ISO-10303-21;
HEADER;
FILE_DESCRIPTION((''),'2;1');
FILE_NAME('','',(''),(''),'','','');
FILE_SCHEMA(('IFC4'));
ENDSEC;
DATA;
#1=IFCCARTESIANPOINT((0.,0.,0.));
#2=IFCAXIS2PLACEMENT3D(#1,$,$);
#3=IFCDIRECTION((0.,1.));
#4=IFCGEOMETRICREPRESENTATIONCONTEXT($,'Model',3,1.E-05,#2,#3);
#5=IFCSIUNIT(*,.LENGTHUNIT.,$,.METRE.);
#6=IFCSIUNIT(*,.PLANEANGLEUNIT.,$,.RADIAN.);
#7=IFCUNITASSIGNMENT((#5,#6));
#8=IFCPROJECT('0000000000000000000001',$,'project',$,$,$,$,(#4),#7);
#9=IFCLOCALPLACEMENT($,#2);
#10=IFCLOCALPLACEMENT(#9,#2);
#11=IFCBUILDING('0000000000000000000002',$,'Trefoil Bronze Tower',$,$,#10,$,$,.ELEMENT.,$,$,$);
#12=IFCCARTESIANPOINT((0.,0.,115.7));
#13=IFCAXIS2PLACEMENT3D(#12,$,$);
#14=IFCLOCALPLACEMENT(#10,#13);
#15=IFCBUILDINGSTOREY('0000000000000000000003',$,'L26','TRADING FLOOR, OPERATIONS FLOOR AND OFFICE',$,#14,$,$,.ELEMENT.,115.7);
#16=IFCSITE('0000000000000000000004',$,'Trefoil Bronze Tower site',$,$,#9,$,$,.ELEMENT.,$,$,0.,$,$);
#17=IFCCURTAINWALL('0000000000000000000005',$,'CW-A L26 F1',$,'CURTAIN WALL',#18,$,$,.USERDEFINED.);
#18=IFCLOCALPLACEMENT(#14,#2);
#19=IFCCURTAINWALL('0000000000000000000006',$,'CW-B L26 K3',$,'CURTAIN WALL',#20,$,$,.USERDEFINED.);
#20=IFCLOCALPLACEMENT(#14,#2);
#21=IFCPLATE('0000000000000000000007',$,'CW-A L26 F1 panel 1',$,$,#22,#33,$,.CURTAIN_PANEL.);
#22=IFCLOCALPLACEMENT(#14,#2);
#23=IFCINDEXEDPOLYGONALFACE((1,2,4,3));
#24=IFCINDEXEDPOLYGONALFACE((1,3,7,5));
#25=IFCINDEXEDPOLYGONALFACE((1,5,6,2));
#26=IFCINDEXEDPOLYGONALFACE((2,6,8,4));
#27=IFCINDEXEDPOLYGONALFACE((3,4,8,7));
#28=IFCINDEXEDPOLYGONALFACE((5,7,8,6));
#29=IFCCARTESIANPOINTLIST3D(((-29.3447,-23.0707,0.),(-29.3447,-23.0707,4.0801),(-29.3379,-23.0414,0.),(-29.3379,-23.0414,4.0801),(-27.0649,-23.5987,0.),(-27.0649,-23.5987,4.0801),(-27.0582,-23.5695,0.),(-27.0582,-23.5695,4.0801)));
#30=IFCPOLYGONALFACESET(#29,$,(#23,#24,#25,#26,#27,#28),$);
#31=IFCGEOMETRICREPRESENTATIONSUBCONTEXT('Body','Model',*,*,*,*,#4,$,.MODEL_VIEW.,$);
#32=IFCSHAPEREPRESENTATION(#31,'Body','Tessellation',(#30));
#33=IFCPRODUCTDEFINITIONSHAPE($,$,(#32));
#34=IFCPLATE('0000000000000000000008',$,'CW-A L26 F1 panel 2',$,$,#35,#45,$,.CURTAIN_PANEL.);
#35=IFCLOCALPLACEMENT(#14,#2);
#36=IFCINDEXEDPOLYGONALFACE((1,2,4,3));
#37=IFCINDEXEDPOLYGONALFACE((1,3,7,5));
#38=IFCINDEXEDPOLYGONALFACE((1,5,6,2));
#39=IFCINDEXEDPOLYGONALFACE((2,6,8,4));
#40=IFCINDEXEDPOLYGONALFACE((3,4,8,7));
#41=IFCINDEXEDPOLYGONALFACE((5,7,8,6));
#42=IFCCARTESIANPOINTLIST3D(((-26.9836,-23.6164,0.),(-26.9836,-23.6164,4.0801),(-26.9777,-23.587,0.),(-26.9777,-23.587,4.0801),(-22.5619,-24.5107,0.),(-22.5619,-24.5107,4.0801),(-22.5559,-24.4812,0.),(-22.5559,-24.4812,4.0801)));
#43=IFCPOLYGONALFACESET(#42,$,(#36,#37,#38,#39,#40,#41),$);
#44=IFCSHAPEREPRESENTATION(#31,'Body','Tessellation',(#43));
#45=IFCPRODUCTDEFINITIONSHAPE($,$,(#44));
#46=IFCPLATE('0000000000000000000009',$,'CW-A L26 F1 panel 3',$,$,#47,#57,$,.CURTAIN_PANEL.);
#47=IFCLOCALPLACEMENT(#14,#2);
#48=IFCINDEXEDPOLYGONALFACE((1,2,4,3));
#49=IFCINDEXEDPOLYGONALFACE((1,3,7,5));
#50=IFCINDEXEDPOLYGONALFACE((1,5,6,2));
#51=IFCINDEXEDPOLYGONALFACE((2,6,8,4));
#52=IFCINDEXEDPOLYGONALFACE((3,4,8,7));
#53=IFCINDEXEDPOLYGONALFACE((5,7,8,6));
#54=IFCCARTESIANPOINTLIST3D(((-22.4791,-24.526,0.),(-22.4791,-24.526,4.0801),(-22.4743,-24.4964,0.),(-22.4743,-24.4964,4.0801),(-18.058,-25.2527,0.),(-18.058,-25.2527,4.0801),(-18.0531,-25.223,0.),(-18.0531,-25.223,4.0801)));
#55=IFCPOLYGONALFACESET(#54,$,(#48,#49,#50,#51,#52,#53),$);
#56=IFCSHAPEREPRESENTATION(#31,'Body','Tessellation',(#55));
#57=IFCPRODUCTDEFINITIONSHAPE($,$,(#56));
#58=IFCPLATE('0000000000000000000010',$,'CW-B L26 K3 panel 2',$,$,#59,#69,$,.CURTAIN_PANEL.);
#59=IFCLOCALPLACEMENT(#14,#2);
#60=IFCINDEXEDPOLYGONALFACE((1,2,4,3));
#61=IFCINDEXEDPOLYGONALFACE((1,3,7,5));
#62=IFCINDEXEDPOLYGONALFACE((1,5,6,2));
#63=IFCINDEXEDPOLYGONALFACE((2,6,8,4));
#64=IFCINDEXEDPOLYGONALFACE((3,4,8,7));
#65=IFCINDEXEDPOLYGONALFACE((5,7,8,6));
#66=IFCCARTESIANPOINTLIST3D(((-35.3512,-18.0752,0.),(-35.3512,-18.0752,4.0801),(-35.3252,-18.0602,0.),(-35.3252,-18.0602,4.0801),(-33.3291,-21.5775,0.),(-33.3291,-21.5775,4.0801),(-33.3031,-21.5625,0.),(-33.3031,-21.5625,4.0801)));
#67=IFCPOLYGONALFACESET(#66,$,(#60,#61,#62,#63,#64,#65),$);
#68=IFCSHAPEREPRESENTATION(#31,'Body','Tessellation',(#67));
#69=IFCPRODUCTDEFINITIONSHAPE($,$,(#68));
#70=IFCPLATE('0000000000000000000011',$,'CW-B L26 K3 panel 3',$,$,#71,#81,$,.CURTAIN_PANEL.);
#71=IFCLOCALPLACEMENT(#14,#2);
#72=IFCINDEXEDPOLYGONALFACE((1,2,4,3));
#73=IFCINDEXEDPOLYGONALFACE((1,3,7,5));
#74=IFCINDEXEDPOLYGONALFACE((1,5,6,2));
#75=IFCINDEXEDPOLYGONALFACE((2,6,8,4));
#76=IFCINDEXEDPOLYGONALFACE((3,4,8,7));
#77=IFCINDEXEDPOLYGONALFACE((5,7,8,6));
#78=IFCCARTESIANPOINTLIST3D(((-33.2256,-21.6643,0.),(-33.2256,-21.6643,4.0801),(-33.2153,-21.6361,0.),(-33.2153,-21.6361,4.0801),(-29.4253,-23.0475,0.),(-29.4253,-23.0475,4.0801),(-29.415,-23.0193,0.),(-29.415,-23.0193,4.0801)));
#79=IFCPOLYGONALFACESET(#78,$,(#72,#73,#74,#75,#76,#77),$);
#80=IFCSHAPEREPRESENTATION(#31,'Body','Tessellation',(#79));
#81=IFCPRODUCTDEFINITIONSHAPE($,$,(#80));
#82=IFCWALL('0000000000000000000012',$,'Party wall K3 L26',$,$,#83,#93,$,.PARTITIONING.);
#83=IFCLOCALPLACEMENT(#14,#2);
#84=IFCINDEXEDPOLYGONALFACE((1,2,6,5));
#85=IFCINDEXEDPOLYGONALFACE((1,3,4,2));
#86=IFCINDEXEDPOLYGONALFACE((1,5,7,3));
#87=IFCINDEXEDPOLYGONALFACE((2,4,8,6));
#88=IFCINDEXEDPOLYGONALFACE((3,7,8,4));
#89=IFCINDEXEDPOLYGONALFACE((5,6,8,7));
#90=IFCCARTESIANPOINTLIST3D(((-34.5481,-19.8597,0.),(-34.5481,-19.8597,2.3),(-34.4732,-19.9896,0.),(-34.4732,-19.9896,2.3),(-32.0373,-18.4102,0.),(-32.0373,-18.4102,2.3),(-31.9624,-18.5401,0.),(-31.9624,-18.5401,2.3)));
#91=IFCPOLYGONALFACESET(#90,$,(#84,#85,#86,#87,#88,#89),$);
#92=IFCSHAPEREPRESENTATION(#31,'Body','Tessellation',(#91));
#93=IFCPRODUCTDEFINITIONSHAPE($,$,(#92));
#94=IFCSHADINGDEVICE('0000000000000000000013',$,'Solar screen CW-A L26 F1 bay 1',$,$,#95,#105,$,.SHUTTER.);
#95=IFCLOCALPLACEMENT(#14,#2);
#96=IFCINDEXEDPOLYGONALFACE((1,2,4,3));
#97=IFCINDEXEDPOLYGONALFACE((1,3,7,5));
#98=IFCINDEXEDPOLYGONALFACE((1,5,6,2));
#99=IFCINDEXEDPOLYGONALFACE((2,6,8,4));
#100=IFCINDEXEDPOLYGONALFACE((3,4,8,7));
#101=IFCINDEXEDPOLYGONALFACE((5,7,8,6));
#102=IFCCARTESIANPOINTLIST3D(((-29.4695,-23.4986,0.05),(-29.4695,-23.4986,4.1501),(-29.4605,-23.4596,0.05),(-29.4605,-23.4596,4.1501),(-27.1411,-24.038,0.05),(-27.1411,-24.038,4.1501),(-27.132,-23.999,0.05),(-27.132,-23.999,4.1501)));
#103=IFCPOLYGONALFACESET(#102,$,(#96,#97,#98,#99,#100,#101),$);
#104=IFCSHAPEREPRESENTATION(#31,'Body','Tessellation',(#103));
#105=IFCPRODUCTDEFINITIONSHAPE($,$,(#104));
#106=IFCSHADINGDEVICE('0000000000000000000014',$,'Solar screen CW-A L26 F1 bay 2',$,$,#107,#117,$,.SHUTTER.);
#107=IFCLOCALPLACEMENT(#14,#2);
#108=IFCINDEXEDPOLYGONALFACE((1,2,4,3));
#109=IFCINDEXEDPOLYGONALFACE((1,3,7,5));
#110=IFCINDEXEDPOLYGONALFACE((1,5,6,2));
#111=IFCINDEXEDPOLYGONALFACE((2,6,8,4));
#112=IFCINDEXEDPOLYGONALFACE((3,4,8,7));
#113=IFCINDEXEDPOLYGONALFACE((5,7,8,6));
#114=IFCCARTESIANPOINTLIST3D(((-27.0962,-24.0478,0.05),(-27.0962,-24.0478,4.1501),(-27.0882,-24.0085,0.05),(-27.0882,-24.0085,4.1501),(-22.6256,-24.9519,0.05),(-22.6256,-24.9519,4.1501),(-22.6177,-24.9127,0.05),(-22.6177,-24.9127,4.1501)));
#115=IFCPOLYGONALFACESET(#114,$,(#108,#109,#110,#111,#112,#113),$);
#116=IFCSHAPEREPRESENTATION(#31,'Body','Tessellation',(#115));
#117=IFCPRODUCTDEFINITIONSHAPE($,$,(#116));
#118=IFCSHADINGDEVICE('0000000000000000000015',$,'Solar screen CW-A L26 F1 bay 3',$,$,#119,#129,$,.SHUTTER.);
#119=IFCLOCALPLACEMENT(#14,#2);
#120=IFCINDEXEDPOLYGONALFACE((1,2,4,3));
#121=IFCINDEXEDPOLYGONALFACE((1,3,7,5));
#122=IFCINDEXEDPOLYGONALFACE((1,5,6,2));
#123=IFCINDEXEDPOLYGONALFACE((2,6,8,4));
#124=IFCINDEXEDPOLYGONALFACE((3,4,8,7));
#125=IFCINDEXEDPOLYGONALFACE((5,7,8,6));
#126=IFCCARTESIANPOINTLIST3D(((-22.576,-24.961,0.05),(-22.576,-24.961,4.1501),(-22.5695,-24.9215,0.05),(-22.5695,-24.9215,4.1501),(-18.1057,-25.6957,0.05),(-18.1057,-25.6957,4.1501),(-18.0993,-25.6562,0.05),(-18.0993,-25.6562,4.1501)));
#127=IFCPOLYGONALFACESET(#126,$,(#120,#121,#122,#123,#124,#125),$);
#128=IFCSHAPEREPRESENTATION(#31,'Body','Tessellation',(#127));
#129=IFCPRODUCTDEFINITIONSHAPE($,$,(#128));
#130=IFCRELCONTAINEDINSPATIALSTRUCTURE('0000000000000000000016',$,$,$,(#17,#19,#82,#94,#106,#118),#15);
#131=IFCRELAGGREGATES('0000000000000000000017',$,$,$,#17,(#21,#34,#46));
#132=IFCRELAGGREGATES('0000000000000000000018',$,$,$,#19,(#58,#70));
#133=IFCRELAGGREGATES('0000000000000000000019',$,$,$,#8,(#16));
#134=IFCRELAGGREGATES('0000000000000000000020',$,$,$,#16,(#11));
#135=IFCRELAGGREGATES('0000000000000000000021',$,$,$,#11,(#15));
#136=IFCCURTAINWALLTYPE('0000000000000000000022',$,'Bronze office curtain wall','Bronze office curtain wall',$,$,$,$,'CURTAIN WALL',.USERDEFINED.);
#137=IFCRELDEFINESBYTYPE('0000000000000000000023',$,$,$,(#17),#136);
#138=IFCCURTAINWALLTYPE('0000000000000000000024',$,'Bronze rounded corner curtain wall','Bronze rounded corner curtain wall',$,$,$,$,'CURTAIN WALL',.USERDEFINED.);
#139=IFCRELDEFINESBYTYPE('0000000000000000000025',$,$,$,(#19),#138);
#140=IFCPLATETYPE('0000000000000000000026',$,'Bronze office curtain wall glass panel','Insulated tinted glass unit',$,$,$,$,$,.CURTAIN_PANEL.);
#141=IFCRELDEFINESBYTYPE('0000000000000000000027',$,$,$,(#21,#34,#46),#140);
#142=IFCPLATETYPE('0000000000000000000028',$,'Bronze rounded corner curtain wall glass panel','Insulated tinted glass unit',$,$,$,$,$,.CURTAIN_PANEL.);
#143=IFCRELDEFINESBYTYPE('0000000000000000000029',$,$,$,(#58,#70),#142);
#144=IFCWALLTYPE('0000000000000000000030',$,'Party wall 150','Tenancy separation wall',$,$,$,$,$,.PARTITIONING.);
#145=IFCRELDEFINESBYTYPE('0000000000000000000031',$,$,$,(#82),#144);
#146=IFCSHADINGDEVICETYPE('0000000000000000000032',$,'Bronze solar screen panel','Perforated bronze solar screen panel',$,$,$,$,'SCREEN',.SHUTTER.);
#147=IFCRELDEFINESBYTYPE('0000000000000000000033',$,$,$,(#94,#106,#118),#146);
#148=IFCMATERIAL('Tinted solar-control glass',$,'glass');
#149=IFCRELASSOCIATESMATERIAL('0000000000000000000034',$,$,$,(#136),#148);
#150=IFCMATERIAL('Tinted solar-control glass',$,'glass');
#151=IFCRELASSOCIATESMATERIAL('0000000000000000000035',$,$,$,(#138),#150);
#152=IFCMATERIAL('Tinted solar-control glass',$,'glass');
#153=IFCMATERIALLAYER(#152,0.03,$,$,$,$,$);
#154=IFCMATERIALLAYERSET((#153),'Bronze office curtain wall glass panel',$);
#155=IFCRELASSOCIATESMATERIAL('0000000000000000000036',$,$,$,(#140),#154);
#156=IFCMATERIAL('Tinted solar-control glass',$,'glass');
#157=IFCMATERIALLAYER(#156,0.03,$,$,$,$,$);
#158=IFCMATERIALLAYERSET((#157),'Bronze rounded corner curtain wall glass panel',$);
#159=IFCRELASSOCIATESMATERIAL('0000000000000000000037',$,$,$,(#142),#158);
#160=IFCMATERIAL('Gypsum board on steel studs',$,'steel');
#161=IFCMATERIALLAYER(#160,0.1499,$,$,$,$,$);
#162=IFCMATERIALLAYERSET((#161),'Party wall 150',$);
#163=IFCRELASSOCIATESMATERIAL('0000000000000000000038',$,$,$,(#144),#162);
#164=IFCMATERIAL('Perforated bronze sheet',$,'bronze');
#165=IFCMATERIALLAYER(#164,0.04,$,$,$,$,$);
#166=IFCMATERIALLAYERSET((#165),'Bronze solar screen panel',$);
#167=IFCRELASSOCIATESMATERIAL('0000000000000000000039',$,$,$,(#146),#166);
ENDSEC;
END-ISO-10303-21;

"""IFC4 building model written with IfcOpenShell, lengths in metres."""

from ifc_helpers import new_model, si_unit, direction, frame, frame_2d, origin, origin_2d, place, context, subcontext, project, spatial, rectangle, extrude, material, layer, layer_set, type_object, element, aggregate, save


model = new_model("IFC4")

# Units and contexts
model_context = context("Model", 3, precision=1e-05, world=origin(), true_north=direction((0.0, 1.0)))
body_context = subcontext(model_context, "Body", "Model", "MODEL_VIEW")
ifc_project = project(units=[si_unit("LENGTHUNIT", "METRE"), si_unit("PLANEANGLEUNIT", "RADIAN")], contexts=[model_context])

# Site, building, storey
site_placement = place(None, origin())
site = spatial("IfcSite", under=ifc_project, at=site_placement, Name="Trefoil Bronze Tower site", CompositionType="ELEMENT", RefElevation=0.0)
building_placement = place(site_placement, origin())
building = spatial("IfcBuilding", under=site, at=building_placement, Name="Trefoil Bronze Tower", CompositionType="ELEMENT")
storey_placement = place(building_placement, frame((0.0, 0.0, 115.7)))
storey = spatial("IfcBuildingStorey", under=building, at=storey_placement, Name="L26", Description="TRADING FLOOR, OPERATIONS FLOOR AND OFFICE", CompositionType="ELEMENT", Elevation=115.7)

# Curtain walls
ifc_material_1 = material(Name="Tinted solar-control glass", Category="glass")
curtain_wall_type_1 = type_object("IfcCurtainWallType", Name="Bronze office curtain wall", Description="Bronze office curtain wall", ElementType="CURTAIN WALL", PredefinedType="USERDEFINED", material=ifc_material_1)
curtain_wall_1_placement = place(storey_placement, origin())
curtain_wall_1 = element("IfcCurtainWall", 1, at=curtain_wall_1_placement, inside=storey, type_object=curtain_wall_type_1, Name="CW-A L26 F1", ObjectType="CURTAIN WALL", PredefinedType="USERDEFINED")
ifc_material_2 = material(Name="Tinted solar-control glass", Category="glass")
curtain_wall_type_2 = type_object("IfcCurtainWallType", Name="Bronze rounded corner curtain wall", Description="Bronze rounded corner curtain wall", ElementType="CURTAIN WALL", PredefinedType="USERDEFINED", material=ifc_material_2)
curtain_wall_2_placement = place(storey_placement, origin())
curtain_wall_2 = element("IfcCurtainWall", 2, at=curtain_wall_2_placement, inside=storey, type_object=curtain_wall_type_2, Name="CW-B L26 K3", ObjectType="CURTAIN WALL", PredefinedType="USERDEFINED")

# Plates
ifc_material_3 = material(Name="Tinted solar-control glass", Category="glass")
ifc_layer_1 = layer(ifc_material_3, 0.03)
ifc_layer_set_1 = layer_set([ifc_layer_1], Name="Bronze office curtain wall glass panel")
plate_type_1 = type_object("IfcPlateType", Name="Bronze office curtain wall glass panel", Description="Insulated tinted glass unit", PredefinedType="CURTAIN_PANEL", material=ifc_layer_set_1)
plate_1_placement = place(storey_placement, frame((-28.2014, -23.3201, 0.0), z_axis=(0.0, 0.0, 1.0), x_axis=(0.974204, -0.225667, 0.0)))
plate_1 = element("IfcPlate", 3, at=plate_1_placement, type_object=plate_type_1, Name="CW-A L26 F1 panel 1", PredefinedType="CURTAIN_PANEL", context=body_context, shape_type="SweptSolid", body=[
    extrude(rectangle(XDim=2.3401, YDim=0.03, at=origin_2d()), origin(), (0.0, 0.0, 1.0), 4.0801),
])
plate_2_placement = place(storey_placement, frame((-24.7698, -24.0488, 0.0), z_axis=(0.0, 0.0, 1.0), x_axis=(0.980155, -0.198232, 0.0)))
plate_2 = element("IfcPlate", 4, at=plate_2_placement, type_object=plate_type_1, Name="CW-A L26 F1 panel 2", PredefinedType="CURTAIN_PANEL", context=body_context, shape_type="SweptSolid", body=[
    extrude(rectangle(XDim=4.5112, YDim=0.03, at=origin_2d()), origin(), (0.0, 0.0, 1.0), 4.0801),
])
plate_3_placement = place(storey_placement, frame((-20.2661, -24.8745, 0.0), z_axis=(0.0, 0.0, 1.0), x_axis=(0.98676, -0.162189, 0.0)))
plate_3 = element("IfcPlate", 5, at=plate_3_placement, type_object=plate_type_1, Name="CW-A L26 F1 panel 3", PredefinedType="CURTAIN_PANEL", context=body_context, shape_type="SweptSolid", body=[
    extrude(rectangle(XDim=4.4805, YDim=0.03, at=origin_2d()), origin(), (0.0, 0.0, 1.0), 4.0801),
])
aggregate(curtain_wall_1, [plate_1, plate_2, plate_3])
ifc_material_4 = material(Name="Tinted solar-control glass", Category="glass")
ifc_layer_2 = layer(ifc_material_4, 0.03)
ifc_layer_set_2 = layer_set([ifc_layer_2], Name="Bronze rounded corner curtain wall glass panel")
plate_type_2 = type_object("IfcPlateType", Name="Bronze rounded corner curtain wall glass panel", Description="Insulated tinted glass unit", PredefinedType="CURTAIN_PANEL", material=ifc_layer_set_2)
plate_4_placement = place(storey_placement, frame((-34.3271, -19.8188, 0.0), z_axis=(0.0, 0.0, 1.0), x_axis=(0.5, -0.866025, 0.0)))
plate_4 = element("IfcPlate", 6, at=plate_4_placement, type_object=plate_type_2, Name="CW-B L26 K3 panel 2", PredefinedType="CURTAIN_PANEL", context=body_context, shape_type="SweptSolid", body=[
    extrude(rectangle(XDim=4.0442, YDim=0.03, at=origin_2d()), origin(), (0.0, 0.0, 1.0), 4.0801),
])
plate_5_placement = place(storey_placement, frame((-31.3203, -22.3418, 0.0), z_axis=(0.0, 0.0, 1.0), x_axis=(0.939693, -0.34202, 0.0)))
plate_5 = element("IfcPlate", 7, at=plate_5_placement, type_object=plate_type_2, Name="CW-B L26 K3 panel 3", PredefinedType="CURTAIN_PANEL", context=body_context, shape_type="SweptSolid", body=[
    extrude(rectangle(XDim=4.0442, YDim=0.03, at=origin_2d()), origin(), (0.0, 0.0, 1.0), 4.0801),
])
aggregate(curtain_wall_2, [plate_4, plate_5])

# Wall
ifc_material_5 = material(Name="Gypsum board on steel studs", Category="steel")
ifc_layer_3 = layer(ifc_material_5, 0.1499)
ifc_layer_set_3 = layer_set([ifc_layer_3], Name="Party wall 150")
wall_type = type_object("IfcWallType", Name="Party wall 150", Description="Tenancy separation wall", PredefinedType="PARTITIONING", material=ifc_layer_set_3)
wall_placement = place(storey_placement, frame((-31.9998, -18.4751, 0.0), z_axis=(0.0, 0.0, 1.0), x_axis=(-0.866043, -0.49997, 0.0)))
element("IfcWall", 8, at=wall_placement, inside=storey, type_object=wall_type, Name="Party wall K3 L26", PredefinedType="PARTITIONING", context=body_context, shape_type="SweptSolid", body=[
    extrude(rectangle(XDim=2.8992, YDim=0.1499, at=frame_2d((1.4497, 0.0))), origin(), (0.0, 0.0, 1.0), 2.3),
])

# Shading devices
ifc_material_6 = material(Name="Perforated bronze sheet", Category="bronze")
ifc_layer_4 = layer(ifc_material_6, 0.04)
ifc_layer_set_4 = layer_set([ifc_layer_4], Name="Bronze solar screen panel")
shading_device_type = type_object("IfcShadingDeviceType", Name="Bronze solar screen panel", Description="Perforated bronze solar screen panel", ElementType="SCREEN", PredefinedType="SHUTTER", material=ifc_layer_set_4)
shading_device_1_placement = place(storey_placement, frame((-28.3008, -23.7488, 0.05), z_axis=(0.0, 0.0, 1.0), x_axis=(0.974204, -0.225667, 0.0)))
element("IfcShadingDevice", 9, at=shading_device_1_placement, inside=storey, type_object=shading_device_type, Name="Solar screen CW-A L26 F1 bay 1", PredefinedType="SHUTTER", context=body_context, shape_type="SweptSolid", body=[
    extrude(rectangle(XDim=2.3901, YDim=0.04, at=origin_2d()), origin(), (0.0, 0.0, 1.0), 4.1001),
])
shading_device_2_placement = place(storey_placement, frame((-24.8569, -24.4802, 0.05), z_axis=(0.0, 0.0, 1.0), x_axis=(0.980155, -0.198232, 0.0)))
element("IfcShadingDevice", 10, at=shading_device_2_placement, inside=storey, type_object=shading_device_type, Name="Solar screen CW-A L26 F1 bay 2", PredefinedType="SHUTTER", context=body_context, shape_type="SweptSolid", body=[
    extrude(rectangle(XDim=4.561, YDim=0.04, at=origin_2d()), origin(), (0.0, 0.0, 1.0), 4.1001),
])
shading_device_3_placement = place(storey_placement, frame((-20.3376, -25.3086, 0.05), z_axis=(0.0, 0.0, 1.0), x_axis=(0.98676, -0.162189, 0.0)))
element("IfcShadingDevice", 11, at=shading_device_3_placement, inside=storey, type_object=shading_device_type, Name="Solar screen CW-A L26 F1 bay 3", PredefinedType="SHUTTER", context=body_context, shape_type="SweptSolid", body=[
    extrude(rectangle(XDim=4.5303, YDim=0.04, at=origin_2d()), origin(), (0.0, 0.0, 1.0), 4.1001),
])

save(model, "model.ifc")
